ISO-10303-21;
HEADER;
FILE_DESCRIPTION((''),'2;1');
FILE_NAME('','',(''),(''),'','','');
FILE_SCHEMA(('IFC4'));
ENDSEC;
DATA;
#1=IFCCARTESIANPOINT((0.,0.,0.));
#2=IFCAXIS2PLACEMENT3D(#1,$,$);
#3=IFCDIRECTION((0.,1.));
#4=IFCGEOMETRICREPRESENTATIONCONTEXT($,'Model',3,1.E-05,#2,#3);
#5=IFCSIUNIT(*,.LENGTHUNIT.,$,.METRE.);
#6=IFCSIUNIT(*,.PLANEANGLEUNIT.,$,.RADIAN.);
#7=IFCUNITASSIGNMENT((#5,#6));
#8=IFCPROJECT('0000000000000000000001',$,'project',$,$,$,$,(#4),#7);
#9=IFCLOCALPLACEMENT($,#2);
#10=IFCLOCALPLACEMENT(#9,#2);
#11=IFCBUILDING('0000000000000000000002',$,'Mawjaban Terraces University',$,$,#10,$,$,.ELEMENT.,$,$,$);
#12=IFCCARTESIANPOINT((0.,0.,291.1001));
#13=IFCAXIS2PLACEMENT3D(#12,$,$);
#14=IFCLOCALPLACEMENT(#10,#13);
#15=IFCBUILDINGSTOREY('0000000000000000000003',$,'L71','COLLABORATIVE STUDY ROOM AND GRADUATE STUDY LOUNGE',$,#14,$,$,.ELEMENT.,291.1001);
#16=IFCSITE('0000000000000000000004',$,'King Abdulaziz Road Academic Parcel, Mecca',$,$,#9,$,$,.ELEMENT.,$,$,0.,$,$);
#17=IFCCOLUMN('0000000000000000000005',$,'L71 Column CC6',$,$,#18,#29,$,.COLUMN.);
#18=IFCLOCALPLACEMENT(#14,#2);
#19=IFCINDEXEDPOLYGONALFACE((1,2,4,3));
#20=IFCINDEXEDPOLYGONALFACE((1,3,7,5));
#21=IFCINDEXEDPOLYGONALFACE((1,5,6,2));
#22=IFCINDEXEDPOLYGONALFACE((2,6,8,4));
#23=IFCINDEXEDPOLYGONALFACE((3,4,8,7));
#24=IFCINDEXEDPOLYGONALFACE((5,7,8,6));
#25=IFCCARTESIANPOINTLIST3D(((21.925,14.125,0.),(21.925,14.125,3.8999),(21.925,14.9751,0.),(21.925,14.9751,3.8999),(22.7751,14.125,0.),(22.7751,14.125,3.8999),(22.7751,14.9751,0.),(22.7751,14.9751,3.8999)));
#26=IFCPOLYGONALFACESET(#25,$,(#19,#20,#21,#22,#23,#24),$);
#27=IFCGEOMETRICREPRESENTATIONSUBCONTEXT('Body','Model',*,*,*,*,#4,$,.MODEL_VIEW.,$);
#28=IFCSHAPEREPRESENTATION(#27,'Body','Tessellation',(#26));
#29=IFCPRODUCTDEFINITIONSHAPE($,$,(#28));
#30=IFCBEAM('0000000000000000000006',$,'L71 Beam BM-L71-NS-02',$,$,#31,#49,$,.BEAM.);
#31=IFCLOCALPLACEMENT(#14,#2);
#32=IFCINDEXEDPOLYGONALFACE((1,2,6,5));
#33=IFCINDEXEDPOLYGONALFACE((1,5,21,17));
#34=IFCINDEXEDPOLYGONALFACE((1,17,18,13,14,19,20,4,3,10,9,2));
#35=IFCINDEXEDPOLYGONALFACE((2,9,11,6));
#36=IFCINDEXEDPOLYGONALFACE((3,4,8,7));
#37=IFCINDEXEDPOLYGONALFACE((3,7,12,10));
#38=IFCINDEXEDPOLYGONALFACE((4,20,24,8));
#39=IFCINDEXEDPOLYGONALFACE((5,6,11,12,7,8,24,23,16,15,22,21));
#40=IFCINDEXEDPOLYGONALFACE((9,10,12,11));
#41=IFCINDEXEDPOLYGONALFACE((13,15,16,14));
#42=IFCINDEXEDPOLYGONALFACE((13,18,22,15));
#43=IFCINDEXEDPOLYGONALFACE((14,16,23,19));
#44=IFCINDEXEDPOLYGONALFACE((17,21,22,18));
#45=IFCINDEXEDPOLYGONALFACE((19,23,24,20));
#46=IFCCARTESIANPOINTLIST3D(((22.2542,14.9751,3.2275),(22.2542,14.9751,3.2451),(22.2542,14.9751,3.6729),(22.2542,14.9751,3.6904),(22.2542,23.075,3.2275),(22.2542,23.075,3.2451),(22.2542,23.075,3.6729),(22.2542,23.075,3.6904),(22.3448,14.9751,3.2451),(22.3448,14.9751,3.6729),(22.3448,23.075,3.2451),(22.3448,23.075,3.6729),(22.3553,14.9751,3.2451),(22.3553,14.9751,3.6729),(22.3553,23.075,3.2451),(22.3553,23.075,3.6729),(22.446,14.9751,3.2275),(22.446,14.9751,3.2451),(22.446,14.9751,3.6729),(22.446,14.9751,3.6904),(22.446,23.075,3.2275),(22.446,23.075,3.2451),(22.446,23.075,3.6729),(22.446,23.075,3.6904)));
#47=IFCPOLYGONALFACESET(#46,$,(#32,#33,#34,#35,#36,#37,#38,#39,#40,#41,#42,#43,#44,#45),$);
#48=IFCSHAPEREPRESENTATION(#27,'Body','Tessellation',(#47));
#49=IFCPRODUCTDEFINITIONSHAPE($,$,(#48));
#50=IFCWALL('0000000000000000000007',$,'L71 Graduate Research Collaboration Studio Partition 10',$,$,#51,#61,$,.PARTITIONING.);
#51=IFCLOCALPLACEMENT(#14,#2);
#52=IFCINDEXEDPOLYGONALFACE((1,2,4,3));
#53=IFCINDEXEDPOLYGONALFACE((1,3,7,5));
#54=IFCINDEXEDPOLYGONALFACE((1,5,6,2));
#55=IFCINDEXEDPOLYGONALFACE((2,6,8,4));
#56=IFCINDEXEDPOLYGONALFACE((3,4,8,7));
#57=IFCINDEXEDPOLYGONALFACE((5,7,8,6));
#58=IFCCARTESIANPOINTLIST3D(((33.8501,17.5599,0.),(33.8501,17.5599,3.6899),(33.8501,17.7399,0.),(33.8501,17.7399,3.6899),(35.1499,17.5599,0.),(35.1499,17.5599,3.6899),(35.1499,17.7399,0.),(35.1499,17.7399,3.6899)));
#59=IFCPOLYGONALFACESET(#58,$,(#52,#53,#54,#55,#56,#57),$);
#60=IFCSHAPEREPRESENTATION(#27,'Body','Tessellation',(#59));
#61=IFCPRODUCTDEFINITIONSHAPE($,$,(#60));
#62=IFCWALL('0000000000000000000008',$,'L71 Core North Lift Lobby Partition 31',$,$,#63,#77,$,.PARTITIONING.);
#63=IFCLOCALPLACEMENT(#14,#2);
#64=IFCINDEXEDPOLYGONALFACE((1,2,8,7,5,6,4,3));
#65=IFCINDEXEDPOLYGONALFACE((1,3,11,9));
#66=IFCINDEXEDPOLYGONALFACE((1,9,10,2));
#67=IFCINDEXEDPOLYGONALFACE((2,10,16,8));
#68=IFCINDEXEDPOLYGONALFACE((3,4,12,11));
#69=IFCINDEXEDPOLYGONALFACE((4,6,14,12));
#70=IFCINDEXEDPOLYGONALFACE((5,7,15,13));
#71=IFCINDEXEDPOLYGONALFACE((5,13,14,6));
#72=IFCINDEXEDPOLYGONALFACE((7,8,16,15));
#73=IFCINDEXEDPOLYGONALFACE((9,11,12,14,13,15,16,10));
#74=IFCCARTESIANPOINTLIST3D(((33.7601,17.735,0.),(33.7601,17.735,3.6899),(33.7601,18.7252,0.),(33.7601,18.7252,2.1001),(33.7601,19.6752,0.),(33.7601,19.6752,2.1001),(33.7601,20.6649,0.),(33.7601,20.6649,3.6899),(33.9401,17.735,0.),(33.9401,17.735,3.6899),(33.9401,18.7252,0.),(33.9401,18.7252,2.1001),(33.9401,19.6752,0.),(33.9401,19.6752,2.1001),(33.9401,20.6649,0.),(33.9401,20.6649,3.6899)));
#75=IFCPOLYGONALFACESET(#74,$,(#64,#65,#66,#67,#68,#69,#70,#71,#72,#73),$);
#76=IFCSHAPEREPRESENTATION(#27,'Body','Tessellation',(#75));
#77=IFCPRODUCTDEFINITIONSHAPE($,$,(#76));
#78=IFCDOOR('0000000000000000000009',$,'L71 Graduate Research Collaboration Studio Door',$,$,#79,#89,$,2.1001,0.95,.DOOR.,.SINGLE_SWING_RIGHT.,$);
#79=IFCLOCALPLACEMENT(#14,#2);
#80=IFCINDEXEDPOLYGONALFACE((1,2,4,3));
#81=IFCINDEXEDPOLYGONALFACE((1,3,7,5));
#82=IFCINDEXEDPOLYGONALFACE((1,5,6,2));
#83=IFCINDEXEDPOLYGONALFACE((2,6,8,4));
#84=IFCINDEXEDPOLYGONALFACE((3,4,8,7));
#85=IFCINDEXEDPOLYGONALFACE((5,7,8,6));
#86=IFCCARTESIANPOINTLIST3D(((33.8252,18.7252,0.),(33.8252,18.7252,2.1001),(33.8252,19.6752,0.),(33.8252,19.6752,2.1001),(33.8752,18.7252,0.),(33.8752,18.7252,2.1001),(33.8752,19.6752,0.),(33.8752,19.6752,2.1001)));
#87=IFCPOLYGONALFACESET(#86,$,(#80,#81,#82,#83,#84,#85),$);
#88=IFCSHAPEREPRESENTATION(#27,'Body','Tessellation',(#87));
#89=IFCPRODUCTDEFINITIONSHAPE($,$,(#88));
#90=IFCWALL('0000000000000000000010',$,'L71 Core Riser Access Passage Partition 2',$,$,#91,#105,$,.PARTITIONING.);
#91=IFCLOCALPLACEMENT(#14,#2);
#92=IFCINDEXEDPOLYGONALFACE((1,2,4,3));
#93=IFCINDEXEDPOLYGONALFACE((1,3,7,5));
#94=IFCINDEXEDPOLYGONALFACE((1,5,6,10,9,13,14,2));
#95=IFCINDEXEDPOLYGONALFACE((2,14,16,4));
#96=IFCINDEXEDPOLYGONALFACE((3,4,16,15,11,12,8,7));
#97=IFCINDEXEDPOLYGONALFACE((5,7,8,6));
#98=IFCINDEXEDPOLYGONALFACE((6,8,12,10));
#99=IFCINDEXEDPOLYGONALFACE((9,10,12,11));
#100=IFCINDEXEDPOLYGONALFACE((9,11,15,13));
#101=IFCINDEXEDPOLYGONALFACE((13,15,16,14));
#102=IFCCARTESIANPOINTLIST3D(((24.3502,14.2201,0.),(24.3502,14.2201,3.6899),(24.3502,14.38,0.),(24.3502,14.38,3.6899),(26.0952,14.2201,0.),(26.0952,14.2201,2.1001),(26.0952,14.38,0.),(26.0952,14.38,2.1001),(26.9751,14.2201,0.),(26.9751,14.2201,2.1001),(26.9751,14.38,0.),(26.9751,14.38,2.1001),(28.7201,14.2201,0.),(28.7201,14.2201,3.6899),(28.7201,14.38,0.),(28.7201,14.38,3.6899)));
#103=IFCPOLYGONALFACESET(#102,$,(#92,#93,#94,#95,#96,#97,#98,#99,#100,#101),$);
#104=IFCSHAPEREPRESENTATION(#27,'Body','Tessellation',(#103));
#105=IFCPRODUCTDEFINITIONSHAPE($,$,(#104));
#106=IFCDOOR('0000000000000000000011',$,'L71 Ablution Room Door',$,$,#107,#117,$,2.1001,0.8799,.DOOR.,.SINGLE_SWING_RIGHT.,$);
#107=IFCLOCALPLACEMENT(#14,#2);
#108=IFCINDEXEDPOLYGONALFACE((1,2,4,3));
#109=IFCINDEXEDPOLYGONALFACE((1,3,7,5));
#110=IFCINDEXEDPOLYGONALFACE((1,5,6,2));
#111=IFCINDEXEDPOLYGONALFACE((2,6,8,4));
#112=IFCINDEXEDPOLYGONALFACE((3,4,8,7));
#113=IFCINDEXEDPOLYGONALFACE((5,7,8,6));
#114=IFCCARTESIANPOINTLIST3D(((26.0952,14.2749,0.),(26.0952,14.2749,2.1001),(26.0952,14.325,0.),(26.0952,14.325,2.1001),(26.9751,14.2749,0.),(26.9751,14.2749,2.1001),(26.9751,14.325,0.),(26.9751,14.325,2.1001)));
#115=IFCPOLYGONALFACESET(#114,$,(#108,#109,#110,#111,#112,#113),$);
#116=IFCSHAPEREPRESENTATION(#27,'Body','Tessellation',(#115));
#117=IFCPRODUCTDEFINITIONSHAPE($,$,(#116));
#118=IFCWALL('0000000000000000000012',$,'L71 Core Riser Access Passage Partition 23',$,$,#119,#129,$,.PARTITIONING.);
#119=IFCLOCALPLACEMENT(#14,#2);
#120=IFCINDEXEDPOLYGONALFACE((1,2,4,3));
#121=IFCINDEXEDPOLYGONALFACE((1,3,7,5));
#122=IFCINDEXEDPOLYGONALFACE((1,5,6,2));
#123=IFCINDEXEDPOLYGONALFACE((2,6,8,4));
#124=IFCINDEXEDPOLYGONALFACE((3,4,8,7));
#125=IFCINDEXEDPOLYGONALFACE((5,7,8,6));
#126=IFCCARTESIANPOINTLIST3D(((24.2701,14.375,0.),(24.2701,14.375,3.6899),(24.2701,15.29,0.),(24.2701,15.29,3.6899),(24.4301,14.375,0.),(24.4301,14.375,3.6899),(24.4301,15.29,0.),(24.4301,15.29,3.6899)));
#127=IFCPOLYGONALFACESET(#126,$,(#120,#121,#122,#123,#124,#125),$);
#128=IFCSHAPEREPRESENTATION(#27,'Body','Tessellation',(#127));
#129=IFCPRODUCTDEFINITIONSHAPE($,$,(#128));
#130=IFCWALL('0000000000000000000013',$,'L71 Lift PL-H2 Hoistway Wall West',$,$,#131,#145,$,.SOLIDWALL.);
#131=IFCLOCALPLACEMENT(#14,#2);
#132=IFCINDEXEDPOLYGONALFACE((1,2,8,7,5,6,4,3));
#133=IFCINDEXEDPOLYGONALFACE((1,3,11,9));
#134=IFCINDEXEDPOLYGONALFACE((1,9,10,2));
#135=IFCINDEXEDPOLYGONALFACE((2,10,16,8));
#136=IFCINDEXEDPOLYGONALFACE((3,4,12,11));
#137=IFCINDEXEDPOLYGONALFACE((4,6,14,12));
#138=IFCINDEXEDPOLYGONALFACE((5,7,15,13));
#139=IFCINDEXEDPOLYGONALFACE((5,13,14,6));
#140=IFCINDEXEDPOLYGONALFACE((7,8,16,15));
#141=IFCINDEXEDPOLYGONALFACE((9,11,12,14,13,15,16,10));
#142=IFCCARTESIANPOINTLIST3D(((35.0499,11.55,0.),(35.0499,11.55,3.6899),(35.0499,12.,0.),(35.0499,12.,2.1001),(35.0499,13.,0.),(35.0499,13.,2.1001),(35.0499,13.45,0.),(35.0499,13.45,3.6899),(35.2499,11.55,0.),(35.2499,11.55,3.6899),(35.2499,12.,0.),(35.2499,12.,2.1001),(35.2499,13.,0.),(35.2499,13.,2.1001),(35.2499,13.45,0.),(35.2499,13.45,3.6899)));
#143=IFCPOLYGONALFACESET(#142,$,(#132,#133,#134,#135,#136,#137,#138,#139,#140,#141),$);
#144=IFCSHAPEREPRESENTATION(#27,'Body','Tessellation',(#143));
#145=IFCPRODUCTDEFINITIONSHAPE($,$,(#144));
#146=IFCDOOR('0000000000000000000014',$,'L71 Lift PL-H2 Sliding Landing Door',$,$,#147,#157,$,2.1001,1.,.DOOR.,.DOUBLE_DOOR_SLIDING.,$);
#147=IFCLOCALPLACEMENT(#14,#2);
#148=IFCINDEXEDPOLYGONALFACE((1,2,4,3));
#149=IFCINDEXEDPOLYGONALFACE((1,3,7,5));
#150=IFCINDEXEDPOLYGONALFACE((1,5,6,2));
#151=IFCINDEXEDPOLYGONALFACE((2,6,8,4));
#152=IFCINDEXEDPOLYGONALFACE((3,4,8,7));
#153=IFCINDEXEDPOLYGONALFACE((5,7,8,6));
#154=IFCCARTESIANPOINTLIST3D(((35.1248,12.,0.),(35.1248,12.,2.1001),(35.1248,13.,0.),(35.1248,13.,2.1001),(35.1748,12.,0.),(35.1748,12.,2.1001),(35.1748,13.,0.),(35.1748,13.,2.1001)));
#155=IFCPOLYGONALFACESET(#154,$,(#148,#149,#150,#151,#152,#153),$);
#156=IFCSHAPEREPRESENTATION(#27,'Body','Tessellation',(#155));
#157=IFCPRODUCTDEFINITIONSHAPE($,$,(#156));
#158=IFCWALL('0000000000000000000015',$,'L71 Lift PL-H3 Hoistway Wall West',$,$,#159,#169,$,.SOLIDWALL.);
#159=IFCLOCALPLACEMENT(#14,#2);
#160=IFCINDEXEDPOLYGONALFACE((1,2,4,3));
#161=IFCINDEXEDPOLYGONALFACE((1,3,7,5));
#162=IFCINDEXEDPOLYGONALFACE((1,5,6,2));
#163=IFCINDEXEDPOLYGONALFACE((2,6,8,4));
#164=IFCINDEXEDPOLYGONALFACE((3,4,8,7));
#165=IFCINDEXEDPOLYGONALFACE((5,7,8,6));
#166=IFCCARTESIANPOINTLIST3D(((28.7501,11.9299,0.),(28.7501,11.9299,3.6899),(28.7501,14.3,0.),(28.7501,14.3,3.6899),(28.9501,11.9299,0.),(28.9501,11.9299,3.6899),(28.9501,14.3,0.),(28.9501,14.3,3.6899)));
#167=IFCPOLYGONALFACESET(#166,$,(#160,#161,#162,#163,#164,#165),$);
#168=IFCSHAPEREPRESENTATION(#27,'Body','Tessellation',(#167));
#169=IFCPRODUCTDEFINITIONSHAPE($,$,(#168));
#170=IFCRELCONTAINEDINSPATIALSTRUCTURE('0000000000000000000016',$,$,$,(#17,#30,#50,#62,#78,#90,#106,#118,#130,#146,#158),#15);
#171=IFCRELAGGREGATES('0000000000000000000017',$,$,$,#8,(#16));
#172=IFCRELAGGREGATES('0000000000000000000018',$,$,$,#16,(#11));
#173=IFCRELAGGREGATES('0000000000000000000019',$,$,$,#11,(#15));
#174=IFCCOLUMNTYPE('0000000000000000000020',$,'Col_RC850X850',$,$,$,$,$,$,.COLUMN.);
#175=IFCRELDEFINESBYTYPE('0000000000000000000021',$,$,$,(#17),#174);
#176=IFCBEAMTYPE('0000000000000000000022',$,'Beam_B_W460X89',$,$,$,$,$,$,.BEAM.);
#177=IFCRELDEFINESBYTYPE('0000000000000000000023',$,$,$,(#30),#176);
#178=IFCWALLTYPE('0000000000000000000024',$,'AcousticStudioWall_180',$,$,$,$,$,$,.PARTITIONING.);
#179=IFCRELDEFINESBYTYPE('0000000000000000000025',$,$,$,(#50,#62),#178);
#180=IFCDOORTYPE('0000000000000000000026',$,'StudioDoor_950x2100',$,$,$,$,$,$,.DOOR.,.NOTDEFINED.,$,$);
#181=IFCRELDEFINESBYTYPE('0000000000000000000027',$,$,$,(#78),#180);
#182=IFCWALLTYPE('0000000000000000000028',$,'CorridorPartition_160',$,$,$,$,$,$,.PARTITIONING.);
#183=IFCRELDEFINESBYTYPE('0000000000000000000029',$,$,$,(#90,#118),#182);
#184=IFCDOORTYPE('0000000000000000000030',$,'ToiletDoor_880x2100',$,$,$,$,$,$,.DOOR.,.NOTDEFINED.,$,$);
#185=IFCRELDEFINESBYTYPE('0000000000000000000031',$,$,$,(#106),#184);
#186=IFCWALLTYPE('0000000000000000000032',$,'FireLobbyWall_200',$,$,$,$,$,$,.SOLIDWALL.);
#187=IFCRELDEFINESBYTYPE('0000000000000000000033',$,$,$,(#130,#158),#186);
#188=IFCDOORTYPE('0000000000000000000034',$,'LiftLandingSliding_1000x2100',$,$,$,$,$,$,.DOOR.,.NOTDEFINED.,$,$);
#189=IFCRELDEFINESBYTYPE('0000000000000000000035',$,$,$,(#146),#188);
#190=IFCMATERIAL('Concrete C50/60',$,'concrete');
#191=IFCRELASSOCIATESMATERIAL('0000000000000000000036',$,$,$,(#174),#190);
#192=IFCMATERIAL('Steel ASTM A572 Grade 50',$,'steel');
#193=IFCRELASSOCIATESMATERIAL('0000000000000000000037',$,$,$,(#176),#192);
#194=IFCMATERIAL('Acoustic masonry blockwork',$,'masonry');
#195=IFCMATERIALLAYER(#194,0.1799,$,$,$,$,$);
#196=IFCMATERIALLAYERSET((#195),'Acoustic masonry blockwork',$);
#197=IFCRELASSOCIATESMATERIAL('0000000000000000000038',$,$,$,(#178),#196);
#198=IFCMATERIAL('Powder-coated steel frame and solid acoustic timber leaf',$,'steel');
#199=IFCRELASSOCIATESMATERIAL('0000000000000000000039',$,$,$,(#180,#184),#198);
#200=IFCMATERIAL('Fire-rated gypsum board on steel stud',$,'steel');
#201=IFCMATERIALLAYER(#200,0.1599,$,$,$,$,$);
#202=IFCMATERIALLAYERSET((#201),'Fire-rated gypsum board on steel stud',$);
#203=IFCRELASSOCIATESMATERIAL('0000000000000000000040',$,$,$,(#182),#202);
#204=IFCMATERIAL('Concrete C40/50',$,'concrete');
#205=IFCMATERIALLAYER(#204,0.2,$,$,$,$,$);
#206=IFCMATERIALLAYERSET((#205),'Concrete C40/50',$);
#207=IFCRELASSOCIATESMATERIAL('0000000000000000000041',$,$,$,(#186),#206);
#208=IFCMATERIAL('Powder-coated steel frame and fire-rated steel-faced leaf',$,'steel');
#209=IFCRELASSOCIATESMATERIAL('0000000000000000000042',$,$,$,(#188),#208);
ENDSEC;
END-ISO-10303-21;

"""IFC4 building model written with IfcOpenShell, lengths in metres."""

from ifc_helpers import new_model, si_unit, direction, frame, frame_2d, origin, origin_2d, place, context, subcontext, project, spatial, rectangle, i_section, extrude, material, layer, layer_set, material_profile, profile_set, type_object, element, fill, save


model = new_model("IFC4")

# Units and contexts
model_context = context("Model", 3, precision=1e-05, world=origin(), true_north=direction((0.0, 1.0)))
body_context = subcontext(model_context, "Body", "Model", "MODEL_VIEW")
ifc_project = project(units=[si_unit("LENGTHUNIT", "METRE"), si_unit("PLANEANGLEUNIT", "RADIAN")], contexts=[model_context])

# Site, building, storey
site_placement = place(None, origin())
site = spatial("IfcSite", under=ifc_project, at=site_placement, Name="King Abdulaziz Road Academic Parcel, Mecca", CompositionType="ELEMENT", RefElevation=0.0)
building_placement = place(site_placement, origin())
building = spatial("IfcBuilding", under=site, at=building_placement, Name="Mawjaban Terraces University", CompositionType="ELEMENT")
storey_placement = place(building_placement, frame((0.0, 0.0, 291.1001)))
storey = spatial("IfcBuildingStorey", under=building, at=storey_placement, Name="L71", Description="COLLABORATIVE STUDY ROOM AND GRADUATE STUDY LOUNGE", CompositionType="ELEMENT", Elevation=291.1001)

# Column
ifc_material_1 = material(Name="Concrete C50/60", Category="concrete")
ifc_material_profile_1 = material_profile(ifc_material_1, rectangle(XDim=0.8501, YDim=0.8501, at=origin_2d()), Name="RC850X850")
ifc_profile_set_1 = profile_set([ifc_material_profile_1], Name="Concrete C50/60")
column_type = type_object("IfcColumnType", Name="Col_RC850X850", PredefinedType="COLUMN", material=ifc_profile_set_1)
column_placement = place(storey_placement, frame((22.3501, 14.55, 0.0), z_axis=(0.0, 0.0, 1.0), x_axis=(1.0, 0.0, 0.0)))
element("IfcColumn", 1, at=column_placement, inside=storey, type_object=column_type, Name="L71 Column CC6", PredefinedType="COLUMN", context=body_context, shape_type="SweptSolid", body=[
    extrude(rectangle(XDim=0.8501, YDim=0.8501, at=origin_2d()), origin(), (0.0, 0.0, 1.0), 3.8999),
])

# Beam
ifc_material_2 = material(Name="Steel ASTM A572 Grade 50", Category="steel")
ifc_material_profile_2 = material_profile(ifc_material_2, i_section(OverallWidth=0.1919, OverallDepth=0.4629, WebThickness=0.0105, FlangeThickness=0.0176, at=origin_2d()), Name="W460X89")
ifc_profile_set_2 = profile_set([ifc_material_profile_2], Name="Steel ASTM A572 Grade 50")
beam_type = type_object("IfcBeamType", Name="Beam_B_W460X89", PredefinedType="BEAM", material=ifc_profile_set_2)
beam_placement = place(storey_placement, frame((22.3501, 14.9751, 3.459), z_axis=(0.0, 1.0, 0.0), x_axis=(-1.0, 0.0, 0.0)))
element("IfcBeam", 2, at=beam_placement, inside=storey, type_object=beam_type, Name="L71 Beam BM-L71-NS-02", PredefinedType="BEAM", context=body_context, shape_type="SweptSolid", body=[
    extrude(i_section(OverallWidth=0.1919, OverallDepth=0.4629, WebThickness=0.0105, FlangeThickness=0.0176, at=origin_2d()), origin(), (0.0, 0.0, 1.0), 8.0999),
])

# Wall
ifc_material_3 = material(Name="Acoustic masonry blockwork", Category="masonry")
ifc_layer_1 = layer(ifc_material_3, 0.1799)
ifc_layer_set_1 = layer_set([ifc_layer_1], Name="Acoustic masonry blockwork")
wall_type_1 = type_object("IfcWallType", Name="AcousticStudioWall_180", PredefinedType="PARTITIONING", material=ifc_layer_set_1)
wall_1_placement = place(storey_placement, frame((33.8501, 17.6499, 0.0), z_axis=(0.0, 0.0, 1.0), x_axis=(1.0, 0.0, 0.0)))
element("IfcWall", 3, at=wall_1_placement, inside=storey, type_object=wall_type_1, Name="L71 Graduate Research Collaboration Studio Partition 10", PredefinedType="PARTITIONING", context=body_context, shape_type="SweptSolid", body=[
    extrude(rectangle(XDim=1.2998, YDim=0.1799, at=frame_2d((0.6499, 0.0))), origin(), (0.0, 0.0, 1.0), 3.6899),
])

# Walls, openings, doors
wall_2_placement = place(storey_placement, frame((33.8501, 17.7351, 0.0), z_axis=(0.0, 0.0, 1.0), x_axis=(0.0, 1.0, 0.0)))
wall_2 = element("IfcWall", 4, at=wall_2_placement, inside=storey, type_object=wall_type_1, Name="L71 Core North Lift Lobby Partition 31", PredefinedType="PARTITIONING", context=body_context, shape_type="SweptSolid", body=[
    extrude(rectangle(XDim=2.9299, YDim=0.1799, at=frame_2d((1.4648, 0.0))), origin(), (0.0, 0.0, 1.0), 3.6899),
])
opening_1_placement = place(wall_2_placement, frame((0.99, 0.0, 0.0)))
opening_1 = element("IfcOpeningElement", 5, at=opening_1_placement, cuts=wall_2, PredefinedType="OPENING", context=body_context, shape_type="SweptSolid", body=[
    extrude(rectangle(XDim=0.95, YDim=2.1001, at=frame_2d((0.4751, 1.05))), frame((0.0, 0.0999, 0.0), z_axis=(0.0, -1.0, 0.0), x_axis=(1.0, 0.0, 0.0)), (0.0, 0.0, 1.0), 0.2),
])
ifc_material_4 = material(Name="Powder-coated steel frame and solid acoustic timber leaf", Category="steel")
door_type_1 = type_object("IfcDoorType", Name="StudioDoor_950x2100", OperationType="NOTDEFINED", PredefinedType="DOOR", material=ifc_material_4)
door_1_placement = place(opening_1_placement, origin())
door_1 = element("IfcDoor", 6, at=door_1_placement, inside=storey, type_object=door_type_1, Name="L71 Graduate Research Collaboration Studio Door", OperationType="SINGLE_SWING_RIGHT", OverallHeight=2.1001, OverallWidth=0.95, PredefinedType="DOOR", context=body_context, shape_type="SweptSolid", body=[
    extrude(rectangle(XDim=0.95, YDim=2.1001, at=frame_2d((0.4751, 1.05))), frame((0.0, 0.0249, 0.0), z_axis=(0.0, -1.0, 0.0), x_axis=(1.0, 0.0, 0.0)), (0.0, 0.0, 1.0), 0.05),
])
fill(opening_1, door_1)
ifc_material_5 = material(Name="Fire-rated gypsum board on steel stud", Category="steel")
ifc_layer_2 = layer(ifc_material_5, 0.1599)
ifc_layer_set_2 = layer_set([ifc_layer_2], Name="Fire-rated gypsum board on steel stud")
wall_type_2 = type_object("IfcWallType", Name="CorridorPartition_160", PredefinedType="PARTITIONING", material=ifc_layer_set_2)
wall_3_placement = place(storey_placement, frame((24.3501, 14.3, 0.0), z_axis=(0.0, 0.0, 1.0), x_axis=(1.0, 0.0, 0.0)))
wall_3 = element("IfcWall", 7, at=wall_3_placement, inside=storey, type_object=wall_type_2, Name="L71 Core Riser Access Passage Partition 2", PredefinedType="PARTITIONING", context=body_context, shape_type="SweptSolid", body=[
    extrude(rectangle(XDim=4.3699, YDim=0.1599, at=frame_2d((2.1851, 0.0))), origin(), (0.0, 0.0, 1.0), 3.6899),
])
opening_2_placement = place(wall_3_placement, frame((1.7451, 0.0, 0.0)))
opening_2 = element("IfcOpeningElement", 8, at=opening_2_placement, cuts=wall_3, PredefinedType="OPENING", context=body_context, shape_type="SweptSolid", body=[
    extrude(rectangle(XDim=0.8799, YDim=2.1001, at=frame_2d((0.4399, 1.05))), frame((0.0, 0.0898, 0.0), z_axis=(0.0, -1.0, 0.0), x_axis=(1.0, 0.0, 0.0)), (0.0, 0.0, 1.0), 0.1799),
])
door_type_2 = type_object("IfcDoorType", Name="ToiletDoor_880x2100", OperationType="NOTDEFINED", PredefinedType="DOOR", material=ifc_material_4)
door_2_placement = place(opening_2_placement, origin())
door_2 = element("IfcDoor", 9, at=door_2_placement, inside=storey, type_object=door_type_2, Name="L71 Ablution Room Door", OperationType="SINGLE_SWING_RIGHT", OverallHeight=2.1001, OverallWidth=0.8799, PredefinedType="DOOR", context=body_context, shape_type="SweptSolid", body=[
    extrude(rectangle(XDim=0.8799, YDim=2.1001, at=frame_2d((0.4399, 1.05))), frame((0.0, 0.0249, 0.0), z_axis=(0.0, -1.0, 0.0), x_axis=(1.0, 0.0, 0.0)), (0.0, 0.0, 1.0), 0.05),
])
fill(opening_2, door_2)

# Wall
wall_4_placement = place(storey_placement, frame((24.3501, 15.29, 0.0), z_axis=(0.0, 0.0, 1.0), x_axis=(0.0, -1.0, 0.0)))
element("IfcWall", 10, at=wall_4_placement, inside=storey, type_object=wall_type_2, Name="L71 Core Riser Access Passage Partition 23", PredefinedType="PARTITIONING", context=body_context, shape_type="SweptSolid", body=[
    extrude(rectangle(XDim=0.915, YDim=0.1599, at=frame_2d((0.4575, 0.0))), origin(), (0.0, 0.0, 1.0), 3.6899),
])

# Wall, opening, door
ifc_material_6 = material(Name="Concrete C40/50", Category="concrete")
ifc_layer_3 = layer(ifc_material_6, 0.2)
ifc_layer_set_3 = layer_set([ifc_layer_3], Name="Concrete C40/50")
wall_type_3 = type_object("IfcWallType", Name="FireLobbyWall_200", PredefinedType="SOLIDWALL", material=ifc_layer_set_3)
wall_5_placement = place(storey_placement, frame((35.1499, 13.45, 0.0), z_axis=(0.0, 0.0, 1.0), x_axis=(0.0, -1.0, 0.0)))
wall_5 = element("IfcWall", 11, at=wall_5_placement, inside=storey, type_object=wall_type_3, Name="L71 Lift PL-H2 Hoistway Wall West", PredefinedType="SOLIDWALL", context=body_context, shape_type="SweptSolid", body=[
    extrude(rectangle(XDim=1.8999, YDim=0.2, at=frame_2d((0.95, 0.0))), origin(), (0.0, 0.0, 1.0), 3.6899),
])
opening_3_placement = place(wall_5_placement, frame((0.45, 0.0, 0.0)))
opening_3 = element("IfcOpeningElement", 12, at=opening_3_placement, cuts=wall_5, PredefinedType="OPENING", context=body_context, shape_type="SweptSolid", body=[
    extrude(rectangle(XDim=1.0, YDim=2.1001, at=frame_2d((0.5, 1.05))), frame((0.0, 0.1099, 0.0), z_axis=(0.0, -1.0, 0.0), x_axis=(1.0, 0.0, 0.0)), (0.0, 0.0, 1.0), 0.22),
])
ifc_material_7 = material(Name="Powder-coated steel frame and fire-rated steel-faced leaf", Category="steel")
door_type_3 = type_object("IfcDoorType", Name="LiftLandingSliding_1000x2100", OperationType="NOTDEFINED", PredefinedType="DOOR", material=ifc_material_7)
door_3_placement = place(opening_3_placement, origin())
door_3 = element("IfcDoor", 13, at=door_3_placement, inside=storey, type_object=door_type_3, Name="L71 Lift PL-H2 Sliding Landing Door", OperationType="DOUBLE_DOOR_SLIDING", OverallHeight=2.1001, OverallWidth=1.0, PredefinedType="DOOR", context=body_context, shape_type="SweptSolid", body=[
    extrude(rectangle(XDim=1.0, YDim=2.1001, at=frame_2d((0.5, 1.05))), frame((0.0, 0.0249, 0.0), z_axis=(0.0, -1.0, 0.0), x_axis=(1.0, 0.0, 0.0)), (0.0, 0.0, 1.0), 0.05),
])
fill(opening_3, door_3)

# Wall
wall_6_placement = place(storey_placement, frame((28.8501, 14.3, 0.0), z_axis=(0.0, 0.0, 1.0), x_axis=(0.0, -1.0, 0.0)))
element("IfcWall", 14, at=wall_6_placement, inside=storey, type_object=wall_type_3, Name="L71 Lift PL-H3 Hoistway Wall West", PredefinedType="SOLIDWALL", context=body_context, shape_type="SweptSolid", body=[
    extrude(rectangle(XDim=2.3701, YDim=0.2, at=frame_2d((1.1851, 0.0))), origin(), (0.0, 0.0, 1.0), 3.6899),
])

save(model, "model.ifc")
